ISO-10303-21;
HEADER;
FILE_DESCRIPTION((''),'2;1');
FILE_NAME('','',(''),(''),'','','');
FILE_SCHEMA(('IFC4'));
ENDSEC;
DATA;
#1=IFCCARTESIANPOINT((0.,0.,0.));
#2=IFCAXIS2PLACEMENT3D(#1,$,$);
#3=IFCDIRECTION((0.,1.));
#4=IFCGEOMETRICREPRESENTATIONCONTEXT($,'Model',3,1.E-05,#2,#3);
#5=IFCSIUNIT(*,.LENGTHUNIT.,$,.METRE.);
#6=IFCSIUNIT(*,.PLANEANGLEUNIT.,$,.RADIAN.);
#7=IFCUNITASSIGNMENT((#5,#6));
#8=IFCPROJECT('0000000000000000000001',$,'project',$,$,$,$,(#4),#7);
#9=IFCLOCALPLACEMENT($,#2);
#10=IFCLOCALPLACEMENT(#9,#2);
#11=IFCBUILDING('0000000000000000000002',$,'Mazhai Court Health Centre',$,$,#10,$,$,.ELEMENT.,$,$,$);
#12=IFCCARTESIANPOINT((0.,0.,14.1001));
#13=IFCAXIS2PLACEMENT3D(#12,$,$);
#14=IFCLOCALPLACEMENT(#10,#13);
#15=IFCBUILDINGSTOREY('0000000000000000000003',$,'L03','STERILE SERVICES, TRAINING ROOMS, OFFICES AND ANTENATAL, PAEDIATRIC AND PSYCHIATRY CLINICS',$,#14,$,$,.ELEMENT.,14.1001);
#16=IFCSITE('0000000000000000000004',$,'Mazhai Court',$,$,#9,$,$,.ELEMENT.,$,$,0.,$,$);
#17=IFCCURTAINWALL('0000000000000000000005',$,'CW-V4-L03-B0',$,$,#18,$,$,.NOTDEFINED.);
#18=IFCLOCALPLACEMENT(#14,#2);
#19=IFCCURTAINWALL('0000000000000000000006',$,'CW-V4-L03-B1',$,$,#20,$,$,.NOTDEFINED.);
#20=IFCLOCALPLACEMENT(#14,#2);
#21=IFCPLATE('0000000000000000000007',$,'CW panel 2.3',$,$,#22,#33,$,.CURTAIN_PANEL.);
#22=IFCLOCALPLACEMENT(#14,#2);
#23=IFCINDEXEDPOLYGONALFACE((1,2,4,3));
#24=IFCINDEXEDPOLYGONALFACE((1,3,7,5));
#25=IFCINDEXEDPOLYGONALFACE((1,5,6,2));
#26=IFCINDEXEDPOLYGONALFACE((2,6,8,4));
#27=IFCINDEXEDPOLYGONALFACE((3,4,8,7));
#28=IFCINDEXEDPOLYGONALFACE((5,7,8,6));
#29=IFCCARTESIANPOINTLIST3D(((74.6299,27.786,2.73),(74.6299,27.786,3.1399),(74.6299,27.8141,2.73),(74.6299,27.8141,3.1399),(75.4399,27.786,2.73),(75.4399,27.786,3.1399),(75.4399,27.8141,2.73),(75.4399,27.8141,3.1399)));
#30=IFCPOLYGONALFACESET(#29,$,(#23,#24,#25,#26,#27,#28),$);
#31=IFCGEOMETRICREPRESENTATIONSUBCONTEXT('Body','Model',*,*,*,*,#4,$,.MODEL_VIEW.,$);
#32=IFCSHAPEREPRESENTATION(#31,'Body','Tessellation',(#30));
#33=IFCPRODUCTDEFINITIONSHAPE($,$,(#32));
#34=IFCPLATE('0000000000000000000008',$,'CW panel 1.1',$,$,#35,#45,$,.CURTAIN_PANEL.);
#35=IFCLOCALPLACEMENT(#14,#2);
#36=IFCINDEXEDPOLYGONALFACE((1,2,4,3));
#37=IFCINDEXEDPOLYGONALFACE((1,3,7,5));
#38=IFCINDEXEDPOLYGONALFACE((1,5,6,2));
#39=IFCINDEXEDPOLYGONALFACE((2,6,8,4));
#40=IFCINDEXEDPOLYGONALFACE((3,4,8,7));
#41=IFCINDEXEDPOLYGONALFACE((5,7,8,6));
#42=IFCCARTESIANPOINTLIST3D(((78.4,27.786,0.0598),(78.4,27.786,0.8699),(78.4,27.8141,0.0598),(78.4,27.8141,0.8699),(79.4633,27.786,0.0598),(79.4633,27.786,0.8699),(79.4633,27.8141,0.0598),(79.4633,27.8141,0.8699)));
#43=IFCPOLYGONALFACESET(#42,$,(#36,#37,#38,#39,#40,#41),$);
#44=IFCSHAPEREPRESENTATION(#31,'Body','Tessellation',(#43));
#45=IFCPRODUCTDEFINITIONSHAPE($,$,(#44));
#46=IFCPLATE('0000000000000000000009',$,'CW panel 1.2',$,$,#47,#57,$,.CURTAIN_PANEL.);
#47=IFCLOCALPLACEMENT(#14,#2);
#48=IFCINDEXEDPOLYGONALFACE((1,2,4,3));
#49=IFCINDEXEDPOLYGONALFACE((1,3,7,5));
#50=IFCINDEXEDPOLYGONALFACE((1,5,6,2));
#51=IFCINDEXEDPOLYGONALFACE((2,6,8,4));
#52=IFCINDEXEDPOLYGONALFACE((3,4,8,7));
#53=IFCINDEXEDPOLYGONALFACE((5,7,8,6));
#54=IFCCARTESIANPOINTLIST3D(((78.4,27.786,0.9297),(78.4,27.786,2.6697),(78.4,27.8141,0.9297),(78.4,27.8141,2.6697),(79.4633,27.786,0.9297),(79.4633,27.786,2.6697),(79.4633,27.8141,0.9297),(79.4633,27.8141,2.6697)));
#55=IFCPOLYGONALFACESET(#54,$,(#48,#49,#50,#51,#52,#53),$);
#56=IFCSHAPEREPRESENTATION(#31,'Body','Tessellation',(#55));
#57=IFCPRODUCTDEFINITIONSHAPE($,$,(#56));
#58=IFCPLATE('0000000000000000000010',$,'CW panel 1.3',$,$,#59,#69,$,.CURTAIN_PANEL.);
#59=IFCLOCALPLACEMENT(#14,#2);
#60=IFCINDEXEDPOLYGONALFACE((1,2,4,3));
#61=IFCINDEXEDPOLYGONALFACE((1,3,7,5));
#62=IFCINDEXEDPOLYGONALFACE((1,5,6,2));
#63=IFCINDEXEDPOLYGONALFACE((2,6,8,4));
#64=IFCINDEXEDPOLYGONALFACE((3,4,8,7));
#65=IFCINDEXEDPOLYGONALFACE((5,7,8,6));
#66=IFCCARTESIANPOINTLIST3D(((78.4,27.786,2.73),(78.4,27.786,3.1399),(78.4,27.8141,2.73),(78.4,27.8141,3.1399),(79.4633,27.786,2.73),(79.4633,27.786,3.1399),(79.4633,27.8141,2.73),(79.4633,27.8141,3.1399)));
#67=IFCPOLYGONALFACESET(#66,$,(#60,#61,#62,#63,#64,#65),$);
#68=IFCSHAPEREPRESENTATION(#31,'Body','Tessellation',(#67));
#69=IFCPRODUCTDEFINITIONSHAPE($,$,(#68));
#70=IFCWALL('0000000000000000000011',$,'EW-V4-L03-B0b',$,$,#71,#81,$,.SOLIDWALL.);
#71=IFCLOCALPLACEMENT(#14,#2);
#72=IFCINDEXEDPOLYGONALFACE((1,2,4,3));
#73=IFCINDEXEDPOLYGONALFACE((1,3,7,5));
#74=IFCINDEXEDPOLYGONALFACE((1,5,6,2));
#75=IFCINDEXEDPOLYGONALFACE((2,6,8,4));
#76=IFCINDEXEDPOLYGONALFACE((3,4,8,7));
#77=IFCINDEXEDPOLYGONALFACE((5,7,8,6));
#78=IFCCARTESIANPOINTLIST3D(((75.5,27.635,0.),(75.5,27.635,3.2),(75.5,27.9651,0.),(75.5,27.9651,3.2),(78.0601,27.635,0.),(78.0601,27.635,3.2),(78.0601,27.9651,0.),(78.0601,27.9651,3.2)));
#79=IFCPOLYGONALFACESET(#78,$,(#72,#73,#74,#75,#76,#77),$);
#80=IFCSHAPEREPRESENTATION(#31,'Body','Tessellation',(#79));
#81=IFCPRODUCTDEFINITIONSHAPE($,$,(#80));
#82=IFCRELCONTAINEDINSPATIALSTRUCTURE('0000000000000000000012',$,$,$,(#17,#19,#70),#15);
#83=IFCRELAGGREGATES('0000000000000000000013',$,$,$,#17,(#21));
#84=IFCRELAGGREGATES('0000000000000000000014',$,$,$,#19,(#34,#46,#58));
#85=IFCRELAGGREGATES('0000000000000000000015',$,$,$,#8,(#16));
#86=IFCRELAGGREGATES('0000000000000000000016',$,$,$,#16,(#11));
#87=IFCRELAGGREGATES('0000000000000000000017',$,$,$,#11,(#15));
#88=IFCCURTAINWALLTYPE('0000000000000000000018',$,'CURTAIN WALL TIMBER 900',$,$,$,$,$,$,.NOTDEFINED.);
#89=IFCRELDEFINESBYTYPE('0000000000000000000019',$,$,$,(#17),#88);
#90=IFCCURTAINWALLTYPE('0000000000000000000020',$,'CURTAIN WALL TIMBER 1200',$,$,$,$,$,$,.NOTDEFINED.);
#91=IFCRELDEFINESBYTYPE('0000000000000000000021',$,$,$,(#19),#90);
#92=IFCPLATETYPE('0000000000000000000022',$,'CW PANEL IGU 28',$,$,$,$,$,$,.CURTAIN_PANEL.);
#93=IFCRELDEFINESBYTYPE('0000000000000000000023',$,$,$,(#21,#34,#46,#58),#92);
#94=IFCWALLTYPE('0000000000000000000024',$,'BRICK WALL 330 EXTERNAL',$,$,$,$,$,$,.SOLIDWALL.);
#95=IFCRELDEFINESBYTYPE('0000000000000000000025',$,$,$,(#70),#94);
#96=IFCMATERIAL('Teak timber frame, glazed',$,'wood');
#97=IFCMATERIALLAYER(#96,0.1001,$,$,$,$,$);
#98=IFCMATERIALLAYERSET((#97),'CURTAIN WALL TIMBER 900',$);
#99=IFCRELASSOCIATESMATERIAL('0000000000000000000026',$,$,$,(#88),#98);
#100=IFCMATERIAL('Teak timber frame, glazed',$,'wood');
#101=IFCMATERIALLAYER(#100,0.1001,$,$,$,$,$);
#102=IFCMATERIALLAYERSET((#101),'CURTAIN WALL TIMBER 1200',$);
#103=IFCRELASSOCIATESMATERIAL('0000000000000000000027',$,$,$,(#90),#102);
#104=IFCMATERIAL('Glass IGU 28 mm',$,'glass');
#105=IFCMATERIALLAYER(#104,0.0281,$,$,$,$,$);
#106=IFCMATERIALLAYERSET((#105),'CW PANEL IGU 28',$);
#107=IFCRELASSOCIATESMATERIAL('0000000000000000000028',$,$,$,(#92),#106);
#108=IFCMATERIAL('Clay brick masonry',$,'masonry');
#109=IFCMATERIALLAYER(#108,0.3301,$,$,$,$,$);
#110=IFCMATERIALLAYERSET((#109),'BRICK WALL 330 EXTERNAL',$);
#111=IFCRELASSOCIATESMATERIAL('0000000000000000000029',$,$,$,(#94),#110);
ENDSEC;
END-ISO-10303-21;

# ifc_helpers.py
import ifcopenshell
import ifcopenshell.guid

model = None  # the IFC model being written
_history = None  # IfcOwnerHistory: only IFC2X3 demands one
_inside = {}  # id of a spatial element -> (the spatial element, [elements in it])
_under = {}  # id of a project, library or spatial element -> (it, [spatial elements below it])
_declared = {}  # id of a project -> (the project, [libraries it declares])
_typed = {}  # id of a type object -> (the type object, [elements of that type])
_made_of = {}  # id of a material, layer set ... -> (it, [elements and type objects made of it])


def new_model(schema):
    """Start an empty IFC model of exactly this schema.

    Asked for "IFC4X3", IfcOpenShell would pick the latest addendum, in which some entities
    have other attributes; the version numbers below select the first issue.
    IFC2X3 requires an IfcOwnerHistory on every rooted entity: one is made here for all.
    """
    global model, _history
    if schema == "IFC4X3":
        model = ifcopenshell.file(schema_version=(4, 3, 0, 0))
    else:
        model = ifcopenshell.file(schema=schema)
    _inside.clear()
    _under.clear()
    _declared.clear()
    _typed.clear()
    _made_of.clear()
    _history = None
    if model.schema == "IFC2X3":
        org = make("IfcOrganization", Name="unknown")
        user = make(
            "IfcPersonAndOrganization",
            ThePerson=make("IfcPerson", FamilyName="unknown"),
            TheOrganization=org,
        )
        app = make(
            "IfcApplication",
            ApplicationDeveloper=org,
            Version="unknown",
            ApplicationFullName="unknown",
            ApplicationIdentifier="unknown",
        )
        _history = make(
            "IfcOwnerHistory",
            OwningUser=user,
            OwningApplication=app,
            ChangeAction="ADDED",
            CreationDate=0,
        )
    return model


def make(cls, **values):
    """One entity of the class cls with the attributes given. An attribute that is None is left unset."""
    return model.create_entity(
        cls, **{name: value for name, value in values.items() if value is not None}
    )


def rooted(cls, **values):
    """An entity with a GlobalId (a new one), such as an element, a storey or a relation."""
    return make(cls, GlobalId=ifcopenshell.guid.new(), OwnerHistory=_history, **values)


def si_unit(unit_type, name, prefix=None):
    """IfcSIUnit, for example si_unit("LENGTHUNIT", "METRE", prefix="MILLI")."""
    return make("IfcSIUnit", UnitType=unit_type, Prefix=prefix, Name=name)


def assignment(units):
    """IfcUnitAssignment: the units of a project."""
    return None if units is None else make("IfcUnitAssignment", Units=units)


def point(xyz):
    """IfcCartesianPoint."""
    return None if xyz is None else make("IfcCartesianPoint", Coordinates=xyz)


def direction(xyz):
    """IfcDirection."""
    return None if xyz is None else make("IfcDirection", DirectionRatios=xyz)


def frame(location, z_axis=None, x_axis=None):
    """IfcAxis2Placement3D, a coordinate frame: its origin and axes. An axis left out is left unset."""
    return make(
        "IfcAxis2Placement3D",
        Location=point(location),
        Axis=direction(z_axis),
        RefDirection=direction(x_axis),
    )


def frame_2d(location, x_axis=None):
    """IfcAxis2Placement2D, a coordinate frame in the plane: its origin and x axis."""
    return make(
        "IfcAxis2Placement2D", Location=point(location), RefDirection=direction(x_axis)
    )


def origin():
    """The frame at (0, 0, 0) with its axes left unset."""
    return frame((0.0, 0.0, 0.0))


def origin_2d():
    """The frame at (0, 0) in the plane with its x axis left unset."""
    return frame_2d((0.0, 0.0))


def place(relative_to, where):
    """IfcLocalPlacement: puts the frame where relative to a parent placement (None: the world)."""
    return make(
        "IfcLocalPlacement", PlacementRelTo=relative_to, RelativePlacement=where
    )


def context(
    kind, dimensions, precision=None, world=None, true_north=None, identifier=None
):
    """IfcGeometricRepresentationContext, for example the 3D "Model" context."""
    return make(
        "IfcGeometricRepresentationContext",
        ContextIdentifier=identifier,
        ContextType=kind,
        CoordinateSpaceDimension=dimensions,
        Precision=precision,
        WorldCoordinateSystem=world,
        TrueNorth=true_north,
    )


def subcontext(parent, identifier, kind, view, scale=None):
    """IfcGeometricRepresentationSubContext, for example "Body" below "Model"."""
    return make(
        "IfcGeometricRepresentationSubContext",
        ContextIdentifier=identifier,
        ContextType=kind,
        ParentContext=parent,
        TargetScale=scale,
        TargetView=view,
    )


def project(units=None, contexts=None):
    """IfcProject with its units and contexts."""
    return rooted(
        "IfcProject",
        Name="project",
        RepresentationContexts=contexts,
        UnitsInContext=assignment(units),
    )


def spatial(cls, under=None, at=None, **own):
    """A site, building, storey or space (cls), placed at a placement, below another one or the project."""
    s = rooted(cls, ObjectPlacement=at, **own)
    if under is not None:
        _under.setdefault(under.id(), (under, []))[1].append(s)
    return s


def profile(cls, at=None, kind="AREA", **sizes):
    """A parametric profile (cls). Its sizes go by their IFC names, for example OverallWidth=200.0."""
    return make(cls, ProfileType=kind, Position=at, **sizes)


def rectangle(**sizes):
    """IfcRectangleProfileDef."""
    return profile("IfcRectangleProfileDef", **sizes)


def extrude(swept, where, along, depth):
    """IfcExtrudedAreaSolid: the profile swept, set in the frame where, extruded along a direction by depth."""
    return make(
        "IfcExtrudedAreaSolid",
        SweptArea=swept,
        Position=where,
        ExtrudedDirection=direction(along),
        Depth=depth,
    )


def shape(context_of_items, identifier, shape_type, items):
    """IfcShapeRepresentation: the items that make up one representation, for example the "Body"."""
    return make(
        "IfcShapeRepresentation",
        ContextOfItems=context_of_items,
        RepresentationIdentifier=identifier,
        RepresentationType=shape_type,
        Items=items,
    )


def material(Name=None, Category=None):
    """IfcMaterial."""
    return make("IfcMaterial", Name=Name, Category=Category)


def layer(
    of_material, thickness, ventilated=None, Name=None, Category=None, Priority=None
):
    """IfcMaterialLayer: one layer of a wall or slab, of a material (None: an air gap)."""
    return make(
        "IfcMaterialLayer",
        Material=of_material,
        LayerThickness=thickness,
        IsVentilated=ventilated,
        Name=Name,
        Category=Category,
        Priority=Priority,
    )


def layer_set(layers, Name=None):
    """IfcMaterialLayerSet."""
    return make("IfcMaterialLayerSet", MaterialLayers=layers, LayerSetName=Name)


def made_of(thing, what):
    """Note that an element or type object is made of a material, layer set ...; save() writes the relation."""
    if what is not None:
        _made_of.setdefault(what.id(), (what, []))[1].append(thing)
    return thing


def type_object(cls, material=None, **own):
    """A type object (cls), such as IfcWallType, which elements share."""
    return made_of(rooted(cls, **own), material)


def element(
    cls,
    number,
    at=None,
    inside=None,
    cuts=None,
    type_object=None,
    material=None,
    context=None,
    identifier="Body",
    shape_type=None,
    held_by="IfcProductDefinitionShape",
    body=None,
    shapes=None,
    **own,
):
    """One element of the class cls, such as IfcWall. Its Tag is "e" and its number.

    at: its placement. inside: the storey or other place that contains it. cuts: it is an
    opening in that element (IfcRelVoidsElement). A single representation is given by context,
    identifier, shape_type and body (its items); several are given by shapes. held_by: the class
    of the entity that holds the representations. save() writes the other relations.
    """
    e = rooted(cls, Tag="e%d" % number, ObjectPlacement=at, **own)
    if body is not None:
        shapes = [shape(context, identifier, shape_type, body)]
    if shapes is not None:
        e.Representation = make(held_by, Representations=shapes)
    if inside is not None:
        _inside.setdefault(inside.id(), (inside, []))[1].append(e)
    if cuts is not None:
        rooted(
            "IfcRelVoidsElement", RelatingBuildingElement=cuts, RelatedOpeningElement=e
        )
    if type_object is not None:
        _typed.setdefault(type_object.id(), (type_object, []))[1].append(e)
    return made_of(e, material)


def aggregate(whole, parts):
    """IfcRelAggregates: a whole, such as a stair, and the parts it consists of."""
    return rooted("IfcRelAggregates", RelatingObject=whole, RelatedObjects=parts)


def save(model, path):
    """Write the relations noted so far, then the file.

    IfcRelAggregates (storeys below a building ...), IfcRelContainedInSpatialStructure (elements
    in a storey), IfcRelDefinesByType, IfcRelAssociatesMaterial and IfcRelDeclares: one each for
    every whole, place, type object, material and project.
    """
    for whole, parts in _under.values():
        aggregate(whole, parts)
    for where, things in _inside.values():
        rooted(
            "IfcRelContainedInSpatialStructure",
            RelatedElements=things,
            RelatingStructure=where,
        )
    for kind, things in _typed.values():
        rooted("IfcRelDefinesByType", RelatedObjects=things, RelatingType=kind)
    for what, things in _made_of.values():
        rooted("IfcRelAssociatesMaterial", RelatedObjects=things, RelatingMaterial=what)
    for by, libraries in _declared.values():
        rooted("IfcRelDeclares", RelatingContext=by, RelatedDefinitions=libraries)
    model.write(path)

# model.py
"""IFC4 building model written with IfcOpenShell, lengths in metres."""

from ifc_helpers import new_model, si_unit, direction, frame, frame_2d, origin, origin_2d, place, context, subcontext, project, spatial, rectangle, extrude, material, layer, layer_set, type_object, element, aggregate, save


model = new_model("IFC4")

# Units and contexts
model_context = context("Model", 3, precision=1e-05, world=origin(), true_north=direction((0.0, 1.0)))
body_context = subcontext(model_context, "Body", "Model", "MODEL_VIEW")
ifc_project = project(units=[si_unit("LENGTHUNIT", "METRE"), si_unit("PLANEANGLEUNIT", "RADIAN")], contexts=[model_context])

# Site, building, storey
site_placement = place(None, origin())
site = spatial("IfcSite", under=ifc_project, at=site_placement, Name="Mazhai Court", CompositionType="ELEMENT", RefElevation=0.0)
building_placement = place(site_placement, origin())
building = spatial("IfcBuilding", under=site, at=building_placement, Name="Mazhai Court Health Centre", CompositionType="ELEMENT")
storey_placement = place(building_placement, frame((0.0, 0.0, 14.1001)))
storey = spatial("IfcBuildingStorey", under=building, at=storey_placement, Name="L03", Description="STERILE SERVICES, TRAINING ROOMS, OFFICES AND ANTENATAL, PAEDIATRIC AND PSYCHIATRY CLINICS", CompositionType="ELEMENT", Elevation=14.1001)

# Curtain wall
ifc_material_1 = material(Name="Teak timber frame, glazed", Category="wood")
ifc_layer_1 = layer(ifc_material_1, 0.1001)
ifc_layer_set_1 = layer_set([ifc_layer_1], Name="CURTAIN WALL TIMBER 900")
curtain_wall_type_1 = type_object("IfcCurtainWallType", Name="CURTAIN WALL TIMBER 900", PredefinedType="NOTDEFINED", material=ifc_layer_set_1)
curtain_wall_1_placement = place(storey_placement, origin())
curtain_wall_1 = element("IfcCurtainWall", 1, at=curtain_wall_1_placement, inside=storey, type_object=curtain_wall_type_1, Name="CW-V4-L03-B0", PredefinedType="NOTDEFINED")

# Curtain wall
ifc_material_2 = material(Name="Teak timber frame, glazed", Category="wood")
ifc_layer_2 = layer(ifc_material_2, 0.1001)
ifc_layer_set_2 = layer_set([ifc_layer_2], Name="CURTAIN WALL TIMBER 1200")
curtain_wall_type_2 = type_object("IfcCurtainWallType", Name="CURTAIN WALL TIMBER 1200", PredefinedType="NOTDEFINED", material=ifc_layer_set_2)
curtain_wall_2_placement = place(storey_placement, origin())
curtain_wall_2 = element("IfcCurtainWall", 2, at=curtain_wall_2_placement, inside=storey, type_object=curtain_wall_type_2, Name="CW-V4-L03-B1", PredefinedType="NOTDEFINED")

# Plates
ifc_material_3 = material(Name="Glass IGU 28 mm", Category="glass")
ifc_layer_3 = layer(ifc_material_3, 0.0281)
ifc_layer_set_3 = layer_set([ifc_layer_3], Name="CW PANEL IGU 28")
plate_type = type_object("IfcPlateType", Name="CW PANEL IGU 28", PredefinedType="CURTAIN_PANEL", material=ifc_layer_set_3)
plate_1_placement = place(storey_placement, frame((75.0349, 27.8, 2.73), z_axis=(0.0, 0.0, 1.0), x_axis=(1.0, 0.0, 0.0)))
plate_1 = element("IfcPlate", 3, at=plate_1_placement, type_object=plate_type, Name="CW panel 2.3", PredefinedType="CURTAIN_PANEL", context=body_context, shape_type="SweptSolid", body=[
    extrude(rectangle(XDim=0.8101, YDim=0.0281, at=origin_2d()), origin(), (0.0, 0.0, 1.0), 0.4099),
])
aggregate(curtain_wall_1, [plate_1])
plate_2_placement = place(storey_placement, frame((78.9316, 27.8, 0.0598), z_axis=(0.0, 0.0, 1.0), x_axis=(1.0, 0.0, 0.0)))
plate_2 = element("IfcPlate", 4, at=plate_2_placement, type_object=plate_type, Name="CW panel 1.1", PredefinedType="CURTAIN_PANEL", context=body_context, shape_type="SweptSolid", body=[
    extrude(rectangle(XDim=1.0632, YDim=0.0281, at=origin_2d()), origin(), (0.0, 0.0, 1.0), 0.8101),
])
plate_3_placement = place(storey_placement, frame((78.9316, 27.8, 0.9297), z_axis=(0.0, 0.0, 1.0), x_axis=(1.0, 0.0, 0.0)))
plate_3 = element("IfcPlate", 5, at=plate_3_placement, type_object=plate_type, Name="CW panel 1.2", PredefinedType="CURTAIN_PANEL", context=body_context, shape_type="SweptSolid", body=[
    extrude(rectangle(XDim=1.0632, YDim=0.0281, at=origin_2d()), origin(), (0.0, 0.0, 1.0), 1.74),
])
plate_4_placement = place(storey_placement, frame((78.9316, 27.8, 2.73), z_axis=(0.0, 0.0, 1.0), x_axis=(1.0, 0.0, 0.0)))
plate_4 = element("IfcPlate", 6, at=plate_4_placement, type_object=plate_type, Name="CW panel 1.3", PredefinedType="CURTAIN_PANEL", context=body_context, shape_type="SweptSolid", body=[
    extrude(rectangle(XDim=1.0632, YDim=0.0281, at=origin_2d()), origin(), (0.0, 0.0, 1.0), 0.4099),
])
aggregate(curtain_wall_2, [plate_2, plate_3, plate_4])

# Wall
ifc_material_4 = material(Name="Clay brick masonry", Category="masonry")
ifc_layer_4 = layer(ifc_material_4, 0.3301)
ifc_layer_set_4 = layer_set([ifc_layer_4], Name="BRICK WALL 330 EXTERNAL")
wall_type = type_object("IfcWallType", Name="BRICK WALL 330 EXTERNAL", PredefinedType="SOLIDWALL", material=ifc_layer_set_4)
wall_placement = place(storey_placement, frame((75.5, 27.8, 0.0), z_axis=(0.0, 0.0, 1.0), x_axis=(1.0, 0.0, 0.0)))
element("IfcWall", 7, at=wall_placement, inside=storey, type_object=wall_type, Name="EW-V4-L03-B0b", PredefinedType="SOLIDWALL", context=body_context, shape_type="SweptSolid", body=[
    extrude(rectangle(XDim=2.5601, YDim=0.3301, at=frame_2d((1.28, 0.0))), origin(), (0.0, 0.0, 1.0), 3.2),
])

save(model, "model.ifc")
